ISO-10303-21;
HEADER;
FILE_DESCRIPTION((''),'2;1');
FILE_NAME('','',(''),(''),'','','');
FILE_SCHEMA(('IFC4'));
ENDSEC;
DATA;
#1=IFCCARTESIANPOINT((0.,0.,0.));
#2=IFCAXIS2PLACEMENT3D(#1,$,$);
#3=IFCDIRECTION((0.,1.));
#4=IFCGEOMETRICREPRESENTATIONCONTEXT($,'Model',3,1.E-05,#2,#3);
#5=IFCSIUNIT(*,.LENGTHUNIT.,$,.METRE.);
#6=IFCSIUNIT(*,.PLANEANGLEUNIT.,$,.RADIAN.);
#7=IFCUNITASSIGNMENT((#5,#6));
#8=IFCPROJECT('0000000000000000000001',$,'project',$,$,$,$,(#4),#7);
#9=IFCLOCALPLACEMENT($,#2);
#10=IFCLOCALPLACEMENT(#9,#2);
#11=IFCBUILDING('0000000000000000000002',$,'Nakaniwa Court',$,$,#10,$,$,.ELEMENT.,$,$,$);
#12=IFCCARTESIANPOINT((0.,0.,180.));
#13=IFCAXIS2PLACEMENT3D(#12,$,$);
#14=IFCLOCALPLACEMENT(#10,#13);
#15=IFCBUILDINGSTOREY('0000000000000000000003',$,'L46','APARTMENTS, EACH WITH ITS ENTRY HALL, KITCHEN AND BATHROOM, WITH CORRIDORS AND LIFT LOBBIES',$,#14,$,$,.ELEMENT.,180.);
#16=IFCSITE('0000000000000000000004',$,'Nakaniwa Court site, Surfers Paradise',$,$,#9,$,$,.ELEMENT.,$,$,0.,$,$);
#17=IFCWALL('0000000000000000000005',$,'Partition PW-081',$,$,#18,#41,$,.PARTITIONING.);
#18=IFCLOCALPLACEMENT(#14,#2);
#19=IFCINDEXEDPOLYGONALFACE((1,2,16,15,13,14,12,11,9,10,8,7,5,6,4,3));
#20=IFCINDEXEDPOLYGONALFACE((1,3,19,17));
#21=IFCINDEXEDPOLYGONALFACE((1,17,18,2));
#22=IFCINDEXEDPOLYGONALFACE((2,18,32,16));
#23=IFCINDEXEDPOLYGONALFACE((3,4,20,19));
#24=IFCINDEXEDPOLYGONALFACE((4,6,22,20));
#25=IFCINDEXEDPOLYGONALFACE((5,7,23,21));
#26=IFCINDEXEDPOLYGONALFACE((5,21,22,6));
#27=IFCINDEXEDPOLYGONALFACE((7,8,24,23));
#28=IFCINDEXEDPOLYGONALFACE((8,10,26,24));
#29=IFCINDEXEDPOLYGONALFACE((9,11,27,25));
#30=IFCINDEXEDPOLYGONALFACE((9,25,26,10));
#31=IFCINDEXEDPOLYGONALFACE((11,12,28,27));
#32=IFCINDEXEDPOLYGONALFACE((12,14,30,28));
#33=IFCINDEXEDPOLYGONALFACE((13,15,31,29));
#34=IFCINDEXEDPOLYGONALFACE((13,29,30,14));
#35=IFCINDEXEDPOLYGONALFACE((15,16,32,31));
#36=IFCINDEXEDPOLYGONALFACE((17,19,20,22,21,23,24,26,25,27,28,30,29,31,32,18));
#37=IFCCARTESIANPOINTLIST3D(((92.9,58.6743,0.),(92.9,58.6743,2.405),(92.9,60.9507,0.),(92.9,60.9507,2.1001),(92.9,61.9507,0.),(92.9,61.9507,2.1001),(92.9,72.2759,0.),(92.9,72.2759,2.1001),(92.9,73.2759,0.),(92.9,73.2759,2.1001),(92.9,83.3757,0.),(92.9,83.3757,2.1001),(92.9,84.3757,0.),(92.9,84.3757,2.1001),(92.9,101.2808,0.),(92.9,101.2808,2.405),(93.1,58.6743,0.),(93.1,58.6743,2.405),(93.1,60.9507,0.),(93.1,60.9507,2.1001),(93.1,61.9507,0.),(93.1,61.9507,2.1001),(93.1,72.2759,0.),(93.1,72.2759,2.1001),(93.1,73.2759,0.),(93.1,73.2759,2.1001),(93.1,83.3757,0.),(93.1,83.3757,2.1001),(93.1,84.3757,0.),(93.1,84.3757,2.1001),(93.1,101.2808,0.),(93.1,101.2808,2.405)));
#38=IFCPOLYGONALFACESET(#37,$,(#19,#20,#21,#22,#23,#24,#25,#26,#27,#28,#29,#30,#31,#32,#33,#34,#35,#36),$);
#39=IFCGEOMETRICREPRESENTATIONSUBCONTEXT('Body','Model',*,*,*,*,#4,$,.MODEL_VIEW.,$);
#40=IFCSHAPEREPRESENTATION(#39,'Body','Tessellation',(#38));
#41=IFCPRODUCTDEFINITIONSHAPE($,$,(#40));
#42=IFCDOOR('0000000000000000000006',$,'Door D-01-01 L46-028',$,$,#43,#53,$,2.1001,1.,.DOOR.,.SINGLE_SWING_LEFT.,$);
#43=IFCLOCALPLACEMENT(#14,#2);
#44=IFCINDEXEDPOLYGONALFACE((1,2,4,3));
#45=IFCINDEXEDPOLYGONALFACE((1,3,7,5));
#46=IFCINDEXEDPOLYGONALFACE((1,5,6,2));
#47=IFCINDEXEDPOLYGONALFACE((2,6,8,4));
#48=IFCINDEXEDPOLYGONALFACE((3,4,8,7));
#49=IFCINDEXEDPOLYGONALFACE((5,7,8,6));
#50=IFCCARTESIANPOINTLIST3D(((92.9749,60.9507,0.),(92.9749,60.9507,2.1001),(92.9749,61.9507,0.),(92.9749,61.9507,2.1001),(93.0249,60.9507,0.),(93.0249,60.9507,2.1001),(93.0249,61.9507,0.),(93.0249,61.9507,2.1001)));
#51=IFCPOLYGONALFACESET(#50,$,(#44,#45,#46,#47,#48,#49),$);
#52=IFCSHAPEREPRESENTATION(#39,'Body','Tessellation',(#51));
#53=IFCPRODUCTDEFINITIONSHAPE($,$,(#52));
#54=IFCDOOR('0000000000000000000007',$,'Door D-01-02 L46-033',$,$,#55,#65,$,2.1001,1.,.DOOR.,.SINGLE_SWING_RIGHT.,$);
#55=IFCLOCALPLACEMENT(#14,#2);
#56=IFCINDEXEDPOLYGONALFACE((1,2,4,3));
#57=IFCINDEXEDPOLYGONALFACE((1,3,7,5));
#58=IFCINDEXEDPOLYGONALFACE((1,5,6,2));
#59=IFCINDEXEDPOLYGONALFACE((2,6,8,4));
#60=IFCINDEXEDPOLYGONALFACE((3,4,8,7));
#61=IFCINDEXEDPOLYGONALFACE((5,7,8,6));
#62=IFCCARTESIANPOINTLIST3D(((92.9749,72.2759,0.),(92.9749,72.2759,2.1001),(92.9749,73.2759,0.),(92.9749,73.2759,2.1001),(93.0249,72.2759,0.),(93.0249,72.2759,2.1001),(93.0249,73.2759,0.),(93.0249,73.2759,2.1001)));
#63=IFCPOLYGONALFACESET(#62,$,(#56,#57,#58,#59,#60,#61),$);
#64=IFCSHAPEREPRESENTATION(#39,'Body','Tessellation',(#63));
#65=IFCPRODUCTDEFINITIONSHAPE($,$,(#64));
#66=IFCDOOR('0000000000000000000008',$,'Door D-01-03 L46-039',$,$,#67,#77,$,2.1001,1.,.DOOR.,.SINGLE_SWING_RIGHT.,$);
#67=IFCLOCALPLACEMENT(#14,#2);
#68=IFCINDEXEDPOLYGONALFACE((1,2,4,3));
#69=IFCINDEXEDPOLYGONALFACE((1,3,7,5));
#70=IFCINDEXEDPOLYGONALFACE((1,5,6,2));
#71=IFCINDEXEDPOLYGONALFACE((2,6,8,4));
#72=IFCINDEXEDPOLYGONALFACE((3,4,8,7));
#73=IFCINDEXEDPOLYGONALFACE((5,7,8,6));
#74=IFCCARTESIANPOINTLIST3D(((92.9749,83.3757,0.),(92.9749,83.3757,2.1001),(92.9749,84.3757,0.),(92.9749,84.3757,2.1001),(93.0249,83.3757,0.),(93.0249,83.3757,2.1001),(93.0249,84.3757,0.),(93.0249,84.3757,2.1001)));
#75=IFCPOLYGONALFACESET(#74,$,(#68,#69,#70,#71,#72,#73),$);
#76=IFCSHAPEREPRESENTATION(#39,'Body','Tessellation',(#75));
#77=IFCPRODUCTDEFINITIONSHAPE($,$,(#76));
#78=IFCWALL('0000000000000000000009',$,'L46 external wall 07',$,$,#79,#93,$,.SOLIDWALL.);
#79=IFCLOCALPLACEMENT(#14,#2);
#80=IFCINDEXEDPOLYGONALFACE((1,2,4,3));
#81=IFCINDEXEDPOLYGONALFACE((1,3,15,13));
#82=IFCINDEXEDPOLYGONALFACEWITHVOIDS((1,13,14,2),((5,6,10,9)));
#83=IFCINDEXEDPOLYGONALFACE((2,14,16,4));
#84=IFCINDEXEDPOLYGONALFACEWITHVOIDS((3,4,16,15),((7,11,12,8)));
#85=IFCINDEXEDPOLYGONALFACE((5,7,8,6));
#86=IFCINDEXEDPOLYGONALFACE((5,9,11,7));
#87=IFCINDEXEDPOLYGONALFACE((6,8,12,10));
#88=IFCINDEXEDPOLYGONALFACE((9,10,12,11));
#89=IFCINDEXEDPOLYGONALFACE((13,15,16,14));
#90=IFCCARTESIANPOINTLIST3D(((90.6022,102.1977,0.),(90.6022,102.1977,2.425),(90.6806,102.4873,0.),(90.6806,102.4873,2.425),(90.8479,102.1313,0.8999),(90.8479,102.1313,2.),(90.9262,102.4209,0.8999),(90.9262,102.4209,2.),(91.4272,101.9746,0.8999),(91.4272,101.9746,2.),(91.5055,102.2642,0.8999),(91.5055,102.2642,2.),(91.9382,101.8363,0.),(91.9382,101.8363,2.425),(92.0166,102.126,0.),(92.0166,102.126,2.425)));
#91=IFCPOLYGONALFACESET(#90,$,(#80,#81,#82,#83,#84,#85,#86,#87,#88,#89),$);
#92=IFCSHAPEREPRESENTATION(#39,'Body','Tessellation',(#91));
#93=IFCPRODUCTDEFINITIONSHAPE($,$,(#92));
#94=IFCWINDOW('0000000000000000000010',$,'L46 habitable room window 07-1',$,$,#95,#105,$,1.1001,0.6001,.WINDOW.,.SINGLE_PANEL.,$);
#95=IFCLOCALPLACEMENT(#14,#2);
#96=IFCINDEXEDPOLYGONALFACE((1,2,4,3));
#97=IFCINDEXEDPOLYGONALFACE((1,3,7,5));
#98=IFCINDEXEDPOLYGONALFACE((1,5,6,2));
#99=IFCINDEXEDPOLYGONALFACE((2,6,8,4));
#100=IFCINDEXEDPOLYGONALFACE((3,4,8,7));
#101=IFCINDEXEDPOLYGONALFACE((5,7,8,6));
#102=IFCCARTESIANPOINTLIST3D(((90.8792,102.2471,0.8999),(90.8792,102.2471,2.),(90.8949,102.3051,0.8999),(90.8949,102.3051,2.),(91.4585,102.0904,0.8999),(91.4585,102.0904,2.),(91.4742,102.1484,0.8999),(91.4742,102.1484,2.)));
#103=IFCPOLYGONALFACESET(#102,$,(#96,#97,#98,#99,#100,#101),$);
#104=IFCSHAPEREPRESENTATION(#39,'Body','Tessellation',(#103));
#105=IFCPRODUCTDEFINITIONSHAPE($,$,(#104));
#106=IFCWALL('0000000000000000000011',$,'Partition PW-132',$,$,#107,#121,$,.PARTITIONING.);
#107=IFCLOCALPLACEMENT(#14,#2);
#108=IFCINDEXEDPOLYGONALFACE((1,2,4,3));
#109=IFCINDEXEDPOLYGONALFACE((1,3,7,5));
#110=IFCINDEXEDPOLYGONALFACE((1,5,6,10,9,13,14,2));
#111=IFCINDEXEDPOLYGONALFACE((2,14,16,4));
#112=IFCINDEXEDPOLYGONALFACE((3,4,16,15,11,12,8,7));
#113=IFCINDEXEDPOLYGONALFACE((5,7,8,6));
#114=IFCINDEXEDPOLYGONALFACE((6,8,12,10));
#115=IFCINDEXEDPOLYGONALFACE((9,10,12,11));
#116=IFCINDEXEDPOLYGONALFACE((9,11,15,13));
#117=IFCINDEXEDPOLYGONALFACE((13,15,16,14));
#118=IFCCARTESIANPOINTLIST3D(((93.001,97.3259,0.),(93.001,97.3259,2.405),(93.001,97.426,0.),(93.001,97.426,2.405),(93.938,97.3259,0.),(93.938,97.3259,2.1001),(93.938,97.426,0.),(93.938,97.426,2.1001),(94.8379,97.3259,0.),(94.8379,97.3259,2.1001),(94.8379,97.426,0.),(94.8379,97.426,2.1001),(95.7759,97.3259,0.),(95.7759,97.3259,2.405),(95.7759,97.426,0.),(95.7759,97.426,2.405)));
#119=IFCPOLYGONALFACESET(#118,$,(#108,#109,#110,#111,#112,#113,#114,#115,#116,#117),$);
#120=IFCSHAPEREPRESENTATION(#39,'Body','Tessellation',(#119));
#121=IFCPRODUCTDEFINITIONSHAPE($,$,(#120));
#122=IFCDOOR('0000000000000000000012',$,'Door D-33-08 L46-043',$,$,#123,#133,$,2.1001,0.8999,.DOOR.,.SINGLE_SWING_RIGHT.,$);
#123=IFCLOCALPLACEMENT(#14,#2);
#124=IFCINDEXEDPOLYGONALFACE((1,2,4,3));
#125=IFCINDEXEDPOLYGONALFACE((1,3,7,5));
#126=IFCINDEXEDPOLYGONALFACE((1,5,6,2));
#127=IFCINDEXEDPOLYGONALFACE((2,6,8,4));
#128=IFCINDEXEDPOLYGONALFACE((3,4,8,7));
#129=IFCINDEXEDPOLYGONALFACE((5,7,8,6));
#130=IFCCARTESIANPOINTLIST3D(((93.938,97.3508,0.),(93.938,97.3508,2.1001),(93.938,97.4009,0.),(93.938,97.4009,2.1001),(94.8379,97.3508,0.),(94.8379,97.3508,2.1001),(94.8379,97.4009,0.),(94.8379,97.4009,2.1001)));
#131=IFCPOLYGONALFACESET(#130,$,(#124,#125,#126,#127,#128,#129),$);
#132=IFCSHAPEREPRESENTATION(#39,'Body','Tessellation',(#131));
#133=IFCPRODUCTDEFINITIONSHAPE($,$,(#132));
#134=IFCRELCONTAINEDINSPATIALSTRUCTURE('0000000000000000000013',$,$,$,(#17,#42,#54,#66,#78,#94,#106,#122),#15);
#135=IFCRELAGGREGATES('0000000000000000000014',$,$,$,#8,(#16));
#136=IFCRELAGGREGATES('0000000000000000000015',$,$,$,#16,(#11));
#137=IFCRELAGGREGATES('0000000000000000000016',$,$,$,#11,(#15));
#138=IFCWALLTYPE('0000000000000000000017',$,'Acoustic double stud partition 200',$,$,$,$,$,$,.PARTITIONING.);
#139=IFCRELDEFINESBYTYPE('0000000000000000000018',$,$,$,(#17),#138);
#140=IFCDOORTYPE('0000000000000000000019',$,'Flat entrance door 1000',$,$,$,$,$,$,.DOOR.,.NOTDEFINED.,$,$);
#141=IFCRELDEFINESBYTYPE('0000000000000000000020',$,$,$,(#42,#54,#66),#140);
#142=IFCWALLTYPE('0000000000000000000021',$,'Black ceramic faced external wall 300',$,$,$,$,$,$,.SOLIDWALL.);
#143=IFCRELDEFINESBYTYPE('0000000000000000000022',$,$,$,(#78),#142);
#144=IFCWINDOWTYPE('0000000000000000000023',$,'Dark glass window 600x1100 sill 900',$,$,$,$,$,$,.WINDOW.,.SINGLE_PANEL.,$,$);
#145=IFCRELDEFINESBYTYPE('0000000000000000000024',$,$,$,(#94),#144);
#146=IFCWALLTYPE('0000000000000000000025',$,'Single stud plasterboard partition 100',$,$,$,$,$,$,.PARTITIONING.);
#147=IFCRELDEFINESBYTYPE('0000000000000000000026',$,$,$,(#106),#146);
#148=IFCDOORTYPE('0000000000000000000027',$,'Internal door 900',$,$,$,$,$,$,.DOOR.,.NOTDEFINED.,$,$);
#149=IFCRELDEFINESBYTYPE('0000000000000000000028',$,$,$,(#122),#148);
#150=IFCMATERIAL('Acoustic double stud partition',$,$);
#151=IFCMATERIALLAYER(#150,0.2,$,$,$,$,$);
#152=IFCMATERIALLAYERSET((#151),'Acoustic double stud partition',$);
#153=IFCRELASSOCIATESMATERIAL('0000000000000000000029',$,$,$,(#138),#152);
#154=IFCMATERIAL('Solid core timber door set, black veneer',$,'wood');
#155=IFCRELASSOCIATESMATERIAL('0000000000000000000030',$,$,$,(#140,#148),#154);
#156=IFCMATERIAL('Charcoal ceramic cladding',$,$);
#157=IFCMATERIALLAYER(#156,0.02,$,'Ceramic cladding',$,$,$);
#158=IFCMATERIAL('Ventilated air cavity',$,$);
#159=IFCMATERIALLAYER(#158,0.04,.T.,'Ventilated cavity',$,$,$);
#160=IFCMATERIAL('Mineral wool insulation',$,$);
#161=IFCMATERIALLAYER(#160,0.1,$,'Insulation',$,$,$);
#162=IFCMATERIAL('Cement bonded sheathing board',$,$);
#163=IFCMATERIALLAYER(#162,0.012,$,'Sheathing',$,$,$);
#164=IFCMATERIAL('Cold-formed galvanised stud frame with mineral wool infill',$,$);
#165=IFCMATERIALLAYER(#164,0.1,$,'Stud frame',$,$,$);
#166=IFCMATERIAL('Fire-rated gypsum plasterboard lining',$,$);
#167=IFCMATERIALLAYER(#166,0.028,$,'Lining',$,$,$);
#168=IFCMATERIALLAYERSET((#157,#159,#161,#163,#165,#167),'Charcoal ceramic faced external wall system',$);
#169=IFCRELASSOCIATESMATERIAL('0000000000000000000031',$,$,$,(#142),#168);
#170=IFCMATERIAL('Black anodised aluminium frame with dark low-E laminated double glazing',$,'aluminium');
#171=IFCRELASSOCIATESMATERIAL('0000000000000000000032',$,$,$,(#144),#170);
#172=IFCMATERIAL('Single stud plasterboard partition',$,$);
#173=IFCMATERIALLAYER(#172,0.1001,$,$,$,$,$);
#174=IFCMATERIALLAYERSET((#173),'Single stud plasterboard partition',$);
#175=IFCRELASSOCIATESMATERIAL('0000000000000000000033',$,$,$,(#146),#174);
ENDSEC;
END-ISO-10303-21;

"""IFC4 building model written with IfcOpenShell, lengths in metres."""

from ifc_helpers import new_model, si_unit, direction, frame, frame_2d, origin, place, context, subcontext, project, spatial, rectangle, extrude, material, layer, layer_set, type_object, element, fill, save


model = new_model("IFC4")

# Units and contexts
model_context = context("Model", 3, precision=1e-05, world=origin(), true_north=direction((0.0, 1.0)))
body_context = subcontext(model_context, "Body", "Model", "MODEL_VIEW")
ifc_project = project(units=[si_unit("LENGTHUNIT", "METRE"), si_unit("PLANEANGLEUNIT", "RADIAN")], contexts=[model_context])

# Site, building, storey
site_placement = place(None, origin())
site = spatial("IfcSite", under=ifc_project, at=site_placement, Name="Nakaniwa Court site, Surfers Paradise", CompositionType="ELEMENT", RefElevation=0.0)
building_placement = place(site_placement, origin())
building = spatial("IfcBuilding", under=site, at=building_placement, Name="Nakaniwa Court", CompositionType="ELEMENT")
storey_placement = place(building_placement, frame((0.0, 0.0, 180.0)))
storey = spatial("IfcBuildingStorey", under=building, at=storey_placement, Name="L46", Description="APARTMENTS, EACH WITH ITS ENTRY HALL, KITCHEN AND BATHROOM, WITH CORRIDORS AND LIFT LOBBIES", CompositionType="ELEMENT", Elevation=180.0)

# Shared definitions
ifc_material_1 = material(Name="Acoustic double stud partition")
ifc_layer_1 = layer(ifc_material_1, 0.2)
ifc_layer_set_1 = layer_set([ifc_layer_1], Name="Acoustic double stud partition")
wall_type_1 = type_object("IfcWallType", Name="Acoustic double stud partition 200", PredefinedType="PARTITIONING", material=ifc_layer_set_1)
ifc_material_2 = material(Name="Solid core timber door set, black veneer", Category="wood")

# Wall, openings, doors
wall_1_placement = place(storey_placement, frame((93.0, 101.2808, 0.0), z_axis=(0.0, 0.0, 1.0), x_axis=(0.0, -1.0, 0.0)))
wall_1 = element("IfcWall", 1, at=wall_1_placement, inside=storey, type_object=wall_type_1, Name="Partition PW-081", PredefinedType="PARTITIONING", context=body_context, shape_type="SweptSolid", body=[
    extrude(rectangle(XDim=42.6064, YDim=0.2, at=frame_2d((21.3032, 0.0))), origin(), (0.0, 0.0, 1.0), 2.405),
])
opening_1_placement = place(wall_1_placement, frame((39.3301, 0.0, 0.0)))
opening_1 = element("IfcOpeningElement", 2, at=opening_1_placement, cuts=wall_1, PredefinedType="OPENING", context=body_context, shape_type="SweptSolid", body=[
    extrude(rectangle(XDim=1.0, YDim=2.1001, at=frame_2d((0.5, 1.05))), frame((0.0, 0.1099, 0.0), z_axis=(0.0, -1.0, 0.0), x_axis=(1.0, 0.0, 0.0)), (0.0, 0.0, 1.0), 0.22),
])
opening_2_placement = place(wall_1_placement, frame((28.0049, 0.0, 0.0)))
opening_2 = element("IfcOpeningElement", 3, at=opening_2_placement, cuts=wall_1, PredefinedType="OPENING", context=body_context, shape_type="SweptSolid", body=[
    extrude(rectangle(XDim=1.0, YDim=2.1001, at=frame_2d((0.5, 1.05))), frame((0.0, 0.1099, 0.0), z_axis=(0.0, -1.0, 0.0), x_axis=(1.0, 0.0, 0.0)), (0.0, 0.0, 1.0), 0.22),
])
opening_3_placement = place(wall_1_placement, frame((16.905, 0.0, 0.0)))
opening_3 = element("IfcOpeningElement", 4, at=opening_3_placement, cuts=wall_1, PredefinedType="OPENING", context=body_context, shape_type="SweptSolid", body=[
    extrude(rectangle(XDim=1.0, YDim=2.1001, at=frame_2d((0.5, 1.05))), frame((0.0, 0.1099, 0.0), z_axis=(0.0, -1.0, 0.0), x_axis=(1.0, 0.0, 0.0)), (0.0, 0.0, 1.0), 0.22),
])
door_type_1 = type_object("IfcDoorType", Name="Flat entrance door 1000", OperationType="NOTDEFINED", PredefinedType="DOOR", material=ifc_material_2)
door_1_placement = place(opening_1_placement, origin())
door_1 = element("IfcDoor", 5, at=door_1_placement, inside=storey, type_object=door_type_1, Name="Door D-01-01 L46-028", OperationType="SINGLE_SWING_LEFT", OverallHeight=2.1001, OverallWidth=1.0, PredefinedType="DOOR", context=body_context, shape_type="SweptSolid", body=[
    extrude(rectangle(XDim=1.0, YDim=2.1001, at=frame_2d((0.5, 1.05))), frame((0.0, 0.0249, 0.0), z_axis=(0.0, -1.0, 0.0), x_axis=(1.0, 0.0, 0.0)), (0.0, 0.0, 1.0), 0.05),
])
fill(opening_1, door_1)
door_2_placement = place(opening_2_placement, origin())
door_2 = element("IfcDoor", 6, at=door_2_placement, inside=storey, type_object=door_type_1, Name="Door D-01-02 L46-033", OperationType="SINGLE_SWING_RIGHT", OverallHeight=2.1001, OverallWidth=1.0, PredefinedType="DOOR", context=body_context, shape_type="SweptSolid", body=[
    extrude(rectangle(XDim=1.0, YDim=2.1001, at=frame_2d((0.5, 1.05))), frame((0.0, 0.0249, 0.0), z_axis=(0.0, -1.0, 0.0), x_axis=(1.0, 0.0, 0.0)), (0.0, 0.0, 1.0), 0.05),
])
fill(opening_2, door_2)
door_3_placement = place(opening_3_placement, origin())
door_3 = element("IfcDoor", 7, at=door_3_placement, inside=storey, type_object=door_type_1, Name="Door D-01-03 L46-039", OperationType="SINGLE_SWING_RIGHT", OverallHeight=2.1001, OverallWidth=1.0, PredefinedType="DOOR", context=body_context, shape_type="SweptSolid", body=[
    extrude(rectangle(XDim=1.0, YDim=2.1001, at=frame_2d((0.5, 1.05))), frame((0.0, 0.0249, 0.0), z_axis=(0.0, -1.0, 0.0), x_axis=(1.0, 0.0, 0.0)), (0.0, 0.0, 1.0), 0.05),
])
fill(opening_3, door_3)

# Wall, opening, window
ifc_material_3 = material(Name="Charcoal ceramic cladding")
ifc_layer_2 = layer(ifc_material_3, 0.02, Name="Ceramic cladding")
ifc_material_4 = material(Name="Ventilated air cavity")
ifc_layer_3 = layer(ifc_material_4, 0.04, ventilated=True, Name="Ventilated cavity")
ifc_material_5 = material(Name="Mineral wool insulation")
ifc_layer_4 = layer(ifc_material_5, 0.1, Name="Insulation")
ifc_material_6 = material(Name="Cement bonded sheathing board")
ifc_layer_5 = layer(ifc_material_6, 0.012, Name="Sheathing")
ifc_material_7 = material(Name="Cold-formed galvanised stud frame with mineral wool infill")
ifc_layer_6 = layer(ifc_material_7, 0.1, Name="Stud frame")
ifc_material_8 = material(Name="Fire-rated gypsum plasterboard lining")
ifc_layer_7 = layer(ifc_material_8, 0.028, Name="Lining")
ifc_layer_set_2 = layer_set([ifc_layer_2, ifc_layer_3, ifc_layer_4, ifc_layer_5, ifc_layer_6, ifc_layer_7], Name="Charcoal ceramic faced external wall system")
wall_type_2 = type_object("IfcWallType", Name="Black ceramic faced external wall 300", PredefinedType="SOLIDWALL", material=ifc_layer_set_2)
wall_2_placement = place(storey_placement, frame((91.9773, 101.9812, 0.0), z_axis=(0.0, 0.0, 1.0), x_axis=(-0.965315, 0.261087, 0.0)))
wall_2 = element("IfcWall", 8, at=wall_2_placement, inside=storey, type_object=wall_type_2, Name="L46 external wall 07", PredefinedType="SOLIDWALL", context=body_context, shape_type="SweptSolid", body=[
    extrude(rectangle(XDim=1.384, YDim=0.3, at=frame_2d((0.6919, 0.0))), origin(), (0.0, 0.0, 1.0), 2.425),
])
opening_4_placement = place(wall_2_placement, frame((0.5293, 0.0, 0.8999)))
opening_4 = element("IfcOpeningElement", 9, at=opening_4_placement, cuts=wall_2, PredefinedType="OPENING", context=body_context, shape_type="SweptSolid", body=[
    extrude(rectangle(XDim=0.6001, YDim=1.1001, at=frame_2d((0.3, 0.55))), frame((0.0, 0.1599, 0.0), z_axis=(0.0, -1.0, 0.0), x_axis=(1.0, 0.0, 0.0)), (0.0, 0.0, 1.0), 0.3201),
])
ifc_material_9 = material(Name="Black anodised aluminium frame with dark low-E laminated double glazing", Category="aluminium")
window_type = type_object("IfcWindowType", Name="Dark glass window 600x1100 sill 900", PartitioningType="SINGLE_PANEL", PredefinedType="WINDOW", material=ifc_material_9)
window_placement = place(opening_4_placement, origin())
window = element("IfcWindow", 10, at=window_placement, inside=storey, type_object=window_type, Name="L46 habitable room window 07-1", OverallHeight=1.1001, OverallWidth=0.6001, PartitioningType="SINGLE_PANEL", PredefinedType="WINDOW", context=body_context, shape_type="SweptSolid", body=[
    extrude(rectangle(XDim=0.6001, YDim=1.1001, at=frame_2d((0.3, 0.55))), frame((0.0, 0.03, 0.0), z_axis=(0.0, -1.0, 0.0), x_axis=(1.0, 0.0, 0.0)), (0.0, 0.0, 1.0), 0.0601),
])
fill(opening_4, window)

# Wall, opening, door
ifc_material_10 = material(Name="Single stud plasterboard partition")
ifc_layer_8 = layer(ifc_material_10, 0.1001)
ifc_layer_set_3 = layer_set([ifc_layer_8], Name="Single stud plasterboard partition")
wall_type_3 = type_object("IfcWallType", Name="Single stud plasterboard partition 100", PredefinedType="PARTITIONING", material=ifc_layer_set_3)
wall_3_placement = place(storey_placement, frame((93.001, 97.376, 0.0), z_axis=(0.0, 0.0, 1.0), x_axis=(1.0, 0.0, 0.0)))
wall_3 = element("IfcWall", 11, at=wall_3_placement, inside=storey, type_object=wall_type_3, Name="Partition PW-132", PredefinedType="PARTITIONING", context=body_context, shape_type="SweptSolid", body=[
    extrude(rectangle(XDim=2.7749, YDim=0.1001, at=frame_2d((1.3875, 0.0))), origin(), (0.0, 0.0, 1.0), 2.405),
])
opening_5_placement = place(wall_3_placement, frame((0.937, 0.0, 0.0)))
opening_5 = element("IfcOpeningElement", 12, at=opening_5_placement, cuts=wall_3, PredefinedType="OPENING", context=body_context, shape_type="SweptSolid", body=[
    extrude(rectangle(XDim=0.8999, YDim=2.1001, at=frame_2d((0.45, 1.05))), frame((0.0, 0.0601, 0.0), z_axis=(0.0, -1.0, 0.0), x_axis=(1.0, 0.0, 0.0)), (0.0, 0.0, 1.0), 0.1201),
])
door_type_2 = type_object("IfcDoorType", Name="Internal door 900", OperationType="NOTDEFINED", PredefinedType="DOOR", material=ifc_material_2)
door_4_placement = place(opening_5_placement, origin())
door_4 = element("IfcDoor", 13, at=door_4_placement, inside=storey, type_object=door_type_2, Name="Door D-33-08 L46-043", OperationType="SINGLE_SWING_RIGHT", OverallHeight=2.1001, OverallWidth=0.8999, PredefinedType="DOOR", context=body_context, shape_type="SweptSolid", body=[
    extrude(rectangle(XDim=0.8999, YDim=2.1001, at=frame_2d((0.45, 1.05))), frame((0.0, 0.0249, 0.0), z_axis=(0.0, -1.0, 0.0), x_axis=(1.0, 0.0, 0.0)), (0.0, 0.0, 1.0), 0.05),
])
fill(opening_5, door_4)

save(model, "model.ifc")
